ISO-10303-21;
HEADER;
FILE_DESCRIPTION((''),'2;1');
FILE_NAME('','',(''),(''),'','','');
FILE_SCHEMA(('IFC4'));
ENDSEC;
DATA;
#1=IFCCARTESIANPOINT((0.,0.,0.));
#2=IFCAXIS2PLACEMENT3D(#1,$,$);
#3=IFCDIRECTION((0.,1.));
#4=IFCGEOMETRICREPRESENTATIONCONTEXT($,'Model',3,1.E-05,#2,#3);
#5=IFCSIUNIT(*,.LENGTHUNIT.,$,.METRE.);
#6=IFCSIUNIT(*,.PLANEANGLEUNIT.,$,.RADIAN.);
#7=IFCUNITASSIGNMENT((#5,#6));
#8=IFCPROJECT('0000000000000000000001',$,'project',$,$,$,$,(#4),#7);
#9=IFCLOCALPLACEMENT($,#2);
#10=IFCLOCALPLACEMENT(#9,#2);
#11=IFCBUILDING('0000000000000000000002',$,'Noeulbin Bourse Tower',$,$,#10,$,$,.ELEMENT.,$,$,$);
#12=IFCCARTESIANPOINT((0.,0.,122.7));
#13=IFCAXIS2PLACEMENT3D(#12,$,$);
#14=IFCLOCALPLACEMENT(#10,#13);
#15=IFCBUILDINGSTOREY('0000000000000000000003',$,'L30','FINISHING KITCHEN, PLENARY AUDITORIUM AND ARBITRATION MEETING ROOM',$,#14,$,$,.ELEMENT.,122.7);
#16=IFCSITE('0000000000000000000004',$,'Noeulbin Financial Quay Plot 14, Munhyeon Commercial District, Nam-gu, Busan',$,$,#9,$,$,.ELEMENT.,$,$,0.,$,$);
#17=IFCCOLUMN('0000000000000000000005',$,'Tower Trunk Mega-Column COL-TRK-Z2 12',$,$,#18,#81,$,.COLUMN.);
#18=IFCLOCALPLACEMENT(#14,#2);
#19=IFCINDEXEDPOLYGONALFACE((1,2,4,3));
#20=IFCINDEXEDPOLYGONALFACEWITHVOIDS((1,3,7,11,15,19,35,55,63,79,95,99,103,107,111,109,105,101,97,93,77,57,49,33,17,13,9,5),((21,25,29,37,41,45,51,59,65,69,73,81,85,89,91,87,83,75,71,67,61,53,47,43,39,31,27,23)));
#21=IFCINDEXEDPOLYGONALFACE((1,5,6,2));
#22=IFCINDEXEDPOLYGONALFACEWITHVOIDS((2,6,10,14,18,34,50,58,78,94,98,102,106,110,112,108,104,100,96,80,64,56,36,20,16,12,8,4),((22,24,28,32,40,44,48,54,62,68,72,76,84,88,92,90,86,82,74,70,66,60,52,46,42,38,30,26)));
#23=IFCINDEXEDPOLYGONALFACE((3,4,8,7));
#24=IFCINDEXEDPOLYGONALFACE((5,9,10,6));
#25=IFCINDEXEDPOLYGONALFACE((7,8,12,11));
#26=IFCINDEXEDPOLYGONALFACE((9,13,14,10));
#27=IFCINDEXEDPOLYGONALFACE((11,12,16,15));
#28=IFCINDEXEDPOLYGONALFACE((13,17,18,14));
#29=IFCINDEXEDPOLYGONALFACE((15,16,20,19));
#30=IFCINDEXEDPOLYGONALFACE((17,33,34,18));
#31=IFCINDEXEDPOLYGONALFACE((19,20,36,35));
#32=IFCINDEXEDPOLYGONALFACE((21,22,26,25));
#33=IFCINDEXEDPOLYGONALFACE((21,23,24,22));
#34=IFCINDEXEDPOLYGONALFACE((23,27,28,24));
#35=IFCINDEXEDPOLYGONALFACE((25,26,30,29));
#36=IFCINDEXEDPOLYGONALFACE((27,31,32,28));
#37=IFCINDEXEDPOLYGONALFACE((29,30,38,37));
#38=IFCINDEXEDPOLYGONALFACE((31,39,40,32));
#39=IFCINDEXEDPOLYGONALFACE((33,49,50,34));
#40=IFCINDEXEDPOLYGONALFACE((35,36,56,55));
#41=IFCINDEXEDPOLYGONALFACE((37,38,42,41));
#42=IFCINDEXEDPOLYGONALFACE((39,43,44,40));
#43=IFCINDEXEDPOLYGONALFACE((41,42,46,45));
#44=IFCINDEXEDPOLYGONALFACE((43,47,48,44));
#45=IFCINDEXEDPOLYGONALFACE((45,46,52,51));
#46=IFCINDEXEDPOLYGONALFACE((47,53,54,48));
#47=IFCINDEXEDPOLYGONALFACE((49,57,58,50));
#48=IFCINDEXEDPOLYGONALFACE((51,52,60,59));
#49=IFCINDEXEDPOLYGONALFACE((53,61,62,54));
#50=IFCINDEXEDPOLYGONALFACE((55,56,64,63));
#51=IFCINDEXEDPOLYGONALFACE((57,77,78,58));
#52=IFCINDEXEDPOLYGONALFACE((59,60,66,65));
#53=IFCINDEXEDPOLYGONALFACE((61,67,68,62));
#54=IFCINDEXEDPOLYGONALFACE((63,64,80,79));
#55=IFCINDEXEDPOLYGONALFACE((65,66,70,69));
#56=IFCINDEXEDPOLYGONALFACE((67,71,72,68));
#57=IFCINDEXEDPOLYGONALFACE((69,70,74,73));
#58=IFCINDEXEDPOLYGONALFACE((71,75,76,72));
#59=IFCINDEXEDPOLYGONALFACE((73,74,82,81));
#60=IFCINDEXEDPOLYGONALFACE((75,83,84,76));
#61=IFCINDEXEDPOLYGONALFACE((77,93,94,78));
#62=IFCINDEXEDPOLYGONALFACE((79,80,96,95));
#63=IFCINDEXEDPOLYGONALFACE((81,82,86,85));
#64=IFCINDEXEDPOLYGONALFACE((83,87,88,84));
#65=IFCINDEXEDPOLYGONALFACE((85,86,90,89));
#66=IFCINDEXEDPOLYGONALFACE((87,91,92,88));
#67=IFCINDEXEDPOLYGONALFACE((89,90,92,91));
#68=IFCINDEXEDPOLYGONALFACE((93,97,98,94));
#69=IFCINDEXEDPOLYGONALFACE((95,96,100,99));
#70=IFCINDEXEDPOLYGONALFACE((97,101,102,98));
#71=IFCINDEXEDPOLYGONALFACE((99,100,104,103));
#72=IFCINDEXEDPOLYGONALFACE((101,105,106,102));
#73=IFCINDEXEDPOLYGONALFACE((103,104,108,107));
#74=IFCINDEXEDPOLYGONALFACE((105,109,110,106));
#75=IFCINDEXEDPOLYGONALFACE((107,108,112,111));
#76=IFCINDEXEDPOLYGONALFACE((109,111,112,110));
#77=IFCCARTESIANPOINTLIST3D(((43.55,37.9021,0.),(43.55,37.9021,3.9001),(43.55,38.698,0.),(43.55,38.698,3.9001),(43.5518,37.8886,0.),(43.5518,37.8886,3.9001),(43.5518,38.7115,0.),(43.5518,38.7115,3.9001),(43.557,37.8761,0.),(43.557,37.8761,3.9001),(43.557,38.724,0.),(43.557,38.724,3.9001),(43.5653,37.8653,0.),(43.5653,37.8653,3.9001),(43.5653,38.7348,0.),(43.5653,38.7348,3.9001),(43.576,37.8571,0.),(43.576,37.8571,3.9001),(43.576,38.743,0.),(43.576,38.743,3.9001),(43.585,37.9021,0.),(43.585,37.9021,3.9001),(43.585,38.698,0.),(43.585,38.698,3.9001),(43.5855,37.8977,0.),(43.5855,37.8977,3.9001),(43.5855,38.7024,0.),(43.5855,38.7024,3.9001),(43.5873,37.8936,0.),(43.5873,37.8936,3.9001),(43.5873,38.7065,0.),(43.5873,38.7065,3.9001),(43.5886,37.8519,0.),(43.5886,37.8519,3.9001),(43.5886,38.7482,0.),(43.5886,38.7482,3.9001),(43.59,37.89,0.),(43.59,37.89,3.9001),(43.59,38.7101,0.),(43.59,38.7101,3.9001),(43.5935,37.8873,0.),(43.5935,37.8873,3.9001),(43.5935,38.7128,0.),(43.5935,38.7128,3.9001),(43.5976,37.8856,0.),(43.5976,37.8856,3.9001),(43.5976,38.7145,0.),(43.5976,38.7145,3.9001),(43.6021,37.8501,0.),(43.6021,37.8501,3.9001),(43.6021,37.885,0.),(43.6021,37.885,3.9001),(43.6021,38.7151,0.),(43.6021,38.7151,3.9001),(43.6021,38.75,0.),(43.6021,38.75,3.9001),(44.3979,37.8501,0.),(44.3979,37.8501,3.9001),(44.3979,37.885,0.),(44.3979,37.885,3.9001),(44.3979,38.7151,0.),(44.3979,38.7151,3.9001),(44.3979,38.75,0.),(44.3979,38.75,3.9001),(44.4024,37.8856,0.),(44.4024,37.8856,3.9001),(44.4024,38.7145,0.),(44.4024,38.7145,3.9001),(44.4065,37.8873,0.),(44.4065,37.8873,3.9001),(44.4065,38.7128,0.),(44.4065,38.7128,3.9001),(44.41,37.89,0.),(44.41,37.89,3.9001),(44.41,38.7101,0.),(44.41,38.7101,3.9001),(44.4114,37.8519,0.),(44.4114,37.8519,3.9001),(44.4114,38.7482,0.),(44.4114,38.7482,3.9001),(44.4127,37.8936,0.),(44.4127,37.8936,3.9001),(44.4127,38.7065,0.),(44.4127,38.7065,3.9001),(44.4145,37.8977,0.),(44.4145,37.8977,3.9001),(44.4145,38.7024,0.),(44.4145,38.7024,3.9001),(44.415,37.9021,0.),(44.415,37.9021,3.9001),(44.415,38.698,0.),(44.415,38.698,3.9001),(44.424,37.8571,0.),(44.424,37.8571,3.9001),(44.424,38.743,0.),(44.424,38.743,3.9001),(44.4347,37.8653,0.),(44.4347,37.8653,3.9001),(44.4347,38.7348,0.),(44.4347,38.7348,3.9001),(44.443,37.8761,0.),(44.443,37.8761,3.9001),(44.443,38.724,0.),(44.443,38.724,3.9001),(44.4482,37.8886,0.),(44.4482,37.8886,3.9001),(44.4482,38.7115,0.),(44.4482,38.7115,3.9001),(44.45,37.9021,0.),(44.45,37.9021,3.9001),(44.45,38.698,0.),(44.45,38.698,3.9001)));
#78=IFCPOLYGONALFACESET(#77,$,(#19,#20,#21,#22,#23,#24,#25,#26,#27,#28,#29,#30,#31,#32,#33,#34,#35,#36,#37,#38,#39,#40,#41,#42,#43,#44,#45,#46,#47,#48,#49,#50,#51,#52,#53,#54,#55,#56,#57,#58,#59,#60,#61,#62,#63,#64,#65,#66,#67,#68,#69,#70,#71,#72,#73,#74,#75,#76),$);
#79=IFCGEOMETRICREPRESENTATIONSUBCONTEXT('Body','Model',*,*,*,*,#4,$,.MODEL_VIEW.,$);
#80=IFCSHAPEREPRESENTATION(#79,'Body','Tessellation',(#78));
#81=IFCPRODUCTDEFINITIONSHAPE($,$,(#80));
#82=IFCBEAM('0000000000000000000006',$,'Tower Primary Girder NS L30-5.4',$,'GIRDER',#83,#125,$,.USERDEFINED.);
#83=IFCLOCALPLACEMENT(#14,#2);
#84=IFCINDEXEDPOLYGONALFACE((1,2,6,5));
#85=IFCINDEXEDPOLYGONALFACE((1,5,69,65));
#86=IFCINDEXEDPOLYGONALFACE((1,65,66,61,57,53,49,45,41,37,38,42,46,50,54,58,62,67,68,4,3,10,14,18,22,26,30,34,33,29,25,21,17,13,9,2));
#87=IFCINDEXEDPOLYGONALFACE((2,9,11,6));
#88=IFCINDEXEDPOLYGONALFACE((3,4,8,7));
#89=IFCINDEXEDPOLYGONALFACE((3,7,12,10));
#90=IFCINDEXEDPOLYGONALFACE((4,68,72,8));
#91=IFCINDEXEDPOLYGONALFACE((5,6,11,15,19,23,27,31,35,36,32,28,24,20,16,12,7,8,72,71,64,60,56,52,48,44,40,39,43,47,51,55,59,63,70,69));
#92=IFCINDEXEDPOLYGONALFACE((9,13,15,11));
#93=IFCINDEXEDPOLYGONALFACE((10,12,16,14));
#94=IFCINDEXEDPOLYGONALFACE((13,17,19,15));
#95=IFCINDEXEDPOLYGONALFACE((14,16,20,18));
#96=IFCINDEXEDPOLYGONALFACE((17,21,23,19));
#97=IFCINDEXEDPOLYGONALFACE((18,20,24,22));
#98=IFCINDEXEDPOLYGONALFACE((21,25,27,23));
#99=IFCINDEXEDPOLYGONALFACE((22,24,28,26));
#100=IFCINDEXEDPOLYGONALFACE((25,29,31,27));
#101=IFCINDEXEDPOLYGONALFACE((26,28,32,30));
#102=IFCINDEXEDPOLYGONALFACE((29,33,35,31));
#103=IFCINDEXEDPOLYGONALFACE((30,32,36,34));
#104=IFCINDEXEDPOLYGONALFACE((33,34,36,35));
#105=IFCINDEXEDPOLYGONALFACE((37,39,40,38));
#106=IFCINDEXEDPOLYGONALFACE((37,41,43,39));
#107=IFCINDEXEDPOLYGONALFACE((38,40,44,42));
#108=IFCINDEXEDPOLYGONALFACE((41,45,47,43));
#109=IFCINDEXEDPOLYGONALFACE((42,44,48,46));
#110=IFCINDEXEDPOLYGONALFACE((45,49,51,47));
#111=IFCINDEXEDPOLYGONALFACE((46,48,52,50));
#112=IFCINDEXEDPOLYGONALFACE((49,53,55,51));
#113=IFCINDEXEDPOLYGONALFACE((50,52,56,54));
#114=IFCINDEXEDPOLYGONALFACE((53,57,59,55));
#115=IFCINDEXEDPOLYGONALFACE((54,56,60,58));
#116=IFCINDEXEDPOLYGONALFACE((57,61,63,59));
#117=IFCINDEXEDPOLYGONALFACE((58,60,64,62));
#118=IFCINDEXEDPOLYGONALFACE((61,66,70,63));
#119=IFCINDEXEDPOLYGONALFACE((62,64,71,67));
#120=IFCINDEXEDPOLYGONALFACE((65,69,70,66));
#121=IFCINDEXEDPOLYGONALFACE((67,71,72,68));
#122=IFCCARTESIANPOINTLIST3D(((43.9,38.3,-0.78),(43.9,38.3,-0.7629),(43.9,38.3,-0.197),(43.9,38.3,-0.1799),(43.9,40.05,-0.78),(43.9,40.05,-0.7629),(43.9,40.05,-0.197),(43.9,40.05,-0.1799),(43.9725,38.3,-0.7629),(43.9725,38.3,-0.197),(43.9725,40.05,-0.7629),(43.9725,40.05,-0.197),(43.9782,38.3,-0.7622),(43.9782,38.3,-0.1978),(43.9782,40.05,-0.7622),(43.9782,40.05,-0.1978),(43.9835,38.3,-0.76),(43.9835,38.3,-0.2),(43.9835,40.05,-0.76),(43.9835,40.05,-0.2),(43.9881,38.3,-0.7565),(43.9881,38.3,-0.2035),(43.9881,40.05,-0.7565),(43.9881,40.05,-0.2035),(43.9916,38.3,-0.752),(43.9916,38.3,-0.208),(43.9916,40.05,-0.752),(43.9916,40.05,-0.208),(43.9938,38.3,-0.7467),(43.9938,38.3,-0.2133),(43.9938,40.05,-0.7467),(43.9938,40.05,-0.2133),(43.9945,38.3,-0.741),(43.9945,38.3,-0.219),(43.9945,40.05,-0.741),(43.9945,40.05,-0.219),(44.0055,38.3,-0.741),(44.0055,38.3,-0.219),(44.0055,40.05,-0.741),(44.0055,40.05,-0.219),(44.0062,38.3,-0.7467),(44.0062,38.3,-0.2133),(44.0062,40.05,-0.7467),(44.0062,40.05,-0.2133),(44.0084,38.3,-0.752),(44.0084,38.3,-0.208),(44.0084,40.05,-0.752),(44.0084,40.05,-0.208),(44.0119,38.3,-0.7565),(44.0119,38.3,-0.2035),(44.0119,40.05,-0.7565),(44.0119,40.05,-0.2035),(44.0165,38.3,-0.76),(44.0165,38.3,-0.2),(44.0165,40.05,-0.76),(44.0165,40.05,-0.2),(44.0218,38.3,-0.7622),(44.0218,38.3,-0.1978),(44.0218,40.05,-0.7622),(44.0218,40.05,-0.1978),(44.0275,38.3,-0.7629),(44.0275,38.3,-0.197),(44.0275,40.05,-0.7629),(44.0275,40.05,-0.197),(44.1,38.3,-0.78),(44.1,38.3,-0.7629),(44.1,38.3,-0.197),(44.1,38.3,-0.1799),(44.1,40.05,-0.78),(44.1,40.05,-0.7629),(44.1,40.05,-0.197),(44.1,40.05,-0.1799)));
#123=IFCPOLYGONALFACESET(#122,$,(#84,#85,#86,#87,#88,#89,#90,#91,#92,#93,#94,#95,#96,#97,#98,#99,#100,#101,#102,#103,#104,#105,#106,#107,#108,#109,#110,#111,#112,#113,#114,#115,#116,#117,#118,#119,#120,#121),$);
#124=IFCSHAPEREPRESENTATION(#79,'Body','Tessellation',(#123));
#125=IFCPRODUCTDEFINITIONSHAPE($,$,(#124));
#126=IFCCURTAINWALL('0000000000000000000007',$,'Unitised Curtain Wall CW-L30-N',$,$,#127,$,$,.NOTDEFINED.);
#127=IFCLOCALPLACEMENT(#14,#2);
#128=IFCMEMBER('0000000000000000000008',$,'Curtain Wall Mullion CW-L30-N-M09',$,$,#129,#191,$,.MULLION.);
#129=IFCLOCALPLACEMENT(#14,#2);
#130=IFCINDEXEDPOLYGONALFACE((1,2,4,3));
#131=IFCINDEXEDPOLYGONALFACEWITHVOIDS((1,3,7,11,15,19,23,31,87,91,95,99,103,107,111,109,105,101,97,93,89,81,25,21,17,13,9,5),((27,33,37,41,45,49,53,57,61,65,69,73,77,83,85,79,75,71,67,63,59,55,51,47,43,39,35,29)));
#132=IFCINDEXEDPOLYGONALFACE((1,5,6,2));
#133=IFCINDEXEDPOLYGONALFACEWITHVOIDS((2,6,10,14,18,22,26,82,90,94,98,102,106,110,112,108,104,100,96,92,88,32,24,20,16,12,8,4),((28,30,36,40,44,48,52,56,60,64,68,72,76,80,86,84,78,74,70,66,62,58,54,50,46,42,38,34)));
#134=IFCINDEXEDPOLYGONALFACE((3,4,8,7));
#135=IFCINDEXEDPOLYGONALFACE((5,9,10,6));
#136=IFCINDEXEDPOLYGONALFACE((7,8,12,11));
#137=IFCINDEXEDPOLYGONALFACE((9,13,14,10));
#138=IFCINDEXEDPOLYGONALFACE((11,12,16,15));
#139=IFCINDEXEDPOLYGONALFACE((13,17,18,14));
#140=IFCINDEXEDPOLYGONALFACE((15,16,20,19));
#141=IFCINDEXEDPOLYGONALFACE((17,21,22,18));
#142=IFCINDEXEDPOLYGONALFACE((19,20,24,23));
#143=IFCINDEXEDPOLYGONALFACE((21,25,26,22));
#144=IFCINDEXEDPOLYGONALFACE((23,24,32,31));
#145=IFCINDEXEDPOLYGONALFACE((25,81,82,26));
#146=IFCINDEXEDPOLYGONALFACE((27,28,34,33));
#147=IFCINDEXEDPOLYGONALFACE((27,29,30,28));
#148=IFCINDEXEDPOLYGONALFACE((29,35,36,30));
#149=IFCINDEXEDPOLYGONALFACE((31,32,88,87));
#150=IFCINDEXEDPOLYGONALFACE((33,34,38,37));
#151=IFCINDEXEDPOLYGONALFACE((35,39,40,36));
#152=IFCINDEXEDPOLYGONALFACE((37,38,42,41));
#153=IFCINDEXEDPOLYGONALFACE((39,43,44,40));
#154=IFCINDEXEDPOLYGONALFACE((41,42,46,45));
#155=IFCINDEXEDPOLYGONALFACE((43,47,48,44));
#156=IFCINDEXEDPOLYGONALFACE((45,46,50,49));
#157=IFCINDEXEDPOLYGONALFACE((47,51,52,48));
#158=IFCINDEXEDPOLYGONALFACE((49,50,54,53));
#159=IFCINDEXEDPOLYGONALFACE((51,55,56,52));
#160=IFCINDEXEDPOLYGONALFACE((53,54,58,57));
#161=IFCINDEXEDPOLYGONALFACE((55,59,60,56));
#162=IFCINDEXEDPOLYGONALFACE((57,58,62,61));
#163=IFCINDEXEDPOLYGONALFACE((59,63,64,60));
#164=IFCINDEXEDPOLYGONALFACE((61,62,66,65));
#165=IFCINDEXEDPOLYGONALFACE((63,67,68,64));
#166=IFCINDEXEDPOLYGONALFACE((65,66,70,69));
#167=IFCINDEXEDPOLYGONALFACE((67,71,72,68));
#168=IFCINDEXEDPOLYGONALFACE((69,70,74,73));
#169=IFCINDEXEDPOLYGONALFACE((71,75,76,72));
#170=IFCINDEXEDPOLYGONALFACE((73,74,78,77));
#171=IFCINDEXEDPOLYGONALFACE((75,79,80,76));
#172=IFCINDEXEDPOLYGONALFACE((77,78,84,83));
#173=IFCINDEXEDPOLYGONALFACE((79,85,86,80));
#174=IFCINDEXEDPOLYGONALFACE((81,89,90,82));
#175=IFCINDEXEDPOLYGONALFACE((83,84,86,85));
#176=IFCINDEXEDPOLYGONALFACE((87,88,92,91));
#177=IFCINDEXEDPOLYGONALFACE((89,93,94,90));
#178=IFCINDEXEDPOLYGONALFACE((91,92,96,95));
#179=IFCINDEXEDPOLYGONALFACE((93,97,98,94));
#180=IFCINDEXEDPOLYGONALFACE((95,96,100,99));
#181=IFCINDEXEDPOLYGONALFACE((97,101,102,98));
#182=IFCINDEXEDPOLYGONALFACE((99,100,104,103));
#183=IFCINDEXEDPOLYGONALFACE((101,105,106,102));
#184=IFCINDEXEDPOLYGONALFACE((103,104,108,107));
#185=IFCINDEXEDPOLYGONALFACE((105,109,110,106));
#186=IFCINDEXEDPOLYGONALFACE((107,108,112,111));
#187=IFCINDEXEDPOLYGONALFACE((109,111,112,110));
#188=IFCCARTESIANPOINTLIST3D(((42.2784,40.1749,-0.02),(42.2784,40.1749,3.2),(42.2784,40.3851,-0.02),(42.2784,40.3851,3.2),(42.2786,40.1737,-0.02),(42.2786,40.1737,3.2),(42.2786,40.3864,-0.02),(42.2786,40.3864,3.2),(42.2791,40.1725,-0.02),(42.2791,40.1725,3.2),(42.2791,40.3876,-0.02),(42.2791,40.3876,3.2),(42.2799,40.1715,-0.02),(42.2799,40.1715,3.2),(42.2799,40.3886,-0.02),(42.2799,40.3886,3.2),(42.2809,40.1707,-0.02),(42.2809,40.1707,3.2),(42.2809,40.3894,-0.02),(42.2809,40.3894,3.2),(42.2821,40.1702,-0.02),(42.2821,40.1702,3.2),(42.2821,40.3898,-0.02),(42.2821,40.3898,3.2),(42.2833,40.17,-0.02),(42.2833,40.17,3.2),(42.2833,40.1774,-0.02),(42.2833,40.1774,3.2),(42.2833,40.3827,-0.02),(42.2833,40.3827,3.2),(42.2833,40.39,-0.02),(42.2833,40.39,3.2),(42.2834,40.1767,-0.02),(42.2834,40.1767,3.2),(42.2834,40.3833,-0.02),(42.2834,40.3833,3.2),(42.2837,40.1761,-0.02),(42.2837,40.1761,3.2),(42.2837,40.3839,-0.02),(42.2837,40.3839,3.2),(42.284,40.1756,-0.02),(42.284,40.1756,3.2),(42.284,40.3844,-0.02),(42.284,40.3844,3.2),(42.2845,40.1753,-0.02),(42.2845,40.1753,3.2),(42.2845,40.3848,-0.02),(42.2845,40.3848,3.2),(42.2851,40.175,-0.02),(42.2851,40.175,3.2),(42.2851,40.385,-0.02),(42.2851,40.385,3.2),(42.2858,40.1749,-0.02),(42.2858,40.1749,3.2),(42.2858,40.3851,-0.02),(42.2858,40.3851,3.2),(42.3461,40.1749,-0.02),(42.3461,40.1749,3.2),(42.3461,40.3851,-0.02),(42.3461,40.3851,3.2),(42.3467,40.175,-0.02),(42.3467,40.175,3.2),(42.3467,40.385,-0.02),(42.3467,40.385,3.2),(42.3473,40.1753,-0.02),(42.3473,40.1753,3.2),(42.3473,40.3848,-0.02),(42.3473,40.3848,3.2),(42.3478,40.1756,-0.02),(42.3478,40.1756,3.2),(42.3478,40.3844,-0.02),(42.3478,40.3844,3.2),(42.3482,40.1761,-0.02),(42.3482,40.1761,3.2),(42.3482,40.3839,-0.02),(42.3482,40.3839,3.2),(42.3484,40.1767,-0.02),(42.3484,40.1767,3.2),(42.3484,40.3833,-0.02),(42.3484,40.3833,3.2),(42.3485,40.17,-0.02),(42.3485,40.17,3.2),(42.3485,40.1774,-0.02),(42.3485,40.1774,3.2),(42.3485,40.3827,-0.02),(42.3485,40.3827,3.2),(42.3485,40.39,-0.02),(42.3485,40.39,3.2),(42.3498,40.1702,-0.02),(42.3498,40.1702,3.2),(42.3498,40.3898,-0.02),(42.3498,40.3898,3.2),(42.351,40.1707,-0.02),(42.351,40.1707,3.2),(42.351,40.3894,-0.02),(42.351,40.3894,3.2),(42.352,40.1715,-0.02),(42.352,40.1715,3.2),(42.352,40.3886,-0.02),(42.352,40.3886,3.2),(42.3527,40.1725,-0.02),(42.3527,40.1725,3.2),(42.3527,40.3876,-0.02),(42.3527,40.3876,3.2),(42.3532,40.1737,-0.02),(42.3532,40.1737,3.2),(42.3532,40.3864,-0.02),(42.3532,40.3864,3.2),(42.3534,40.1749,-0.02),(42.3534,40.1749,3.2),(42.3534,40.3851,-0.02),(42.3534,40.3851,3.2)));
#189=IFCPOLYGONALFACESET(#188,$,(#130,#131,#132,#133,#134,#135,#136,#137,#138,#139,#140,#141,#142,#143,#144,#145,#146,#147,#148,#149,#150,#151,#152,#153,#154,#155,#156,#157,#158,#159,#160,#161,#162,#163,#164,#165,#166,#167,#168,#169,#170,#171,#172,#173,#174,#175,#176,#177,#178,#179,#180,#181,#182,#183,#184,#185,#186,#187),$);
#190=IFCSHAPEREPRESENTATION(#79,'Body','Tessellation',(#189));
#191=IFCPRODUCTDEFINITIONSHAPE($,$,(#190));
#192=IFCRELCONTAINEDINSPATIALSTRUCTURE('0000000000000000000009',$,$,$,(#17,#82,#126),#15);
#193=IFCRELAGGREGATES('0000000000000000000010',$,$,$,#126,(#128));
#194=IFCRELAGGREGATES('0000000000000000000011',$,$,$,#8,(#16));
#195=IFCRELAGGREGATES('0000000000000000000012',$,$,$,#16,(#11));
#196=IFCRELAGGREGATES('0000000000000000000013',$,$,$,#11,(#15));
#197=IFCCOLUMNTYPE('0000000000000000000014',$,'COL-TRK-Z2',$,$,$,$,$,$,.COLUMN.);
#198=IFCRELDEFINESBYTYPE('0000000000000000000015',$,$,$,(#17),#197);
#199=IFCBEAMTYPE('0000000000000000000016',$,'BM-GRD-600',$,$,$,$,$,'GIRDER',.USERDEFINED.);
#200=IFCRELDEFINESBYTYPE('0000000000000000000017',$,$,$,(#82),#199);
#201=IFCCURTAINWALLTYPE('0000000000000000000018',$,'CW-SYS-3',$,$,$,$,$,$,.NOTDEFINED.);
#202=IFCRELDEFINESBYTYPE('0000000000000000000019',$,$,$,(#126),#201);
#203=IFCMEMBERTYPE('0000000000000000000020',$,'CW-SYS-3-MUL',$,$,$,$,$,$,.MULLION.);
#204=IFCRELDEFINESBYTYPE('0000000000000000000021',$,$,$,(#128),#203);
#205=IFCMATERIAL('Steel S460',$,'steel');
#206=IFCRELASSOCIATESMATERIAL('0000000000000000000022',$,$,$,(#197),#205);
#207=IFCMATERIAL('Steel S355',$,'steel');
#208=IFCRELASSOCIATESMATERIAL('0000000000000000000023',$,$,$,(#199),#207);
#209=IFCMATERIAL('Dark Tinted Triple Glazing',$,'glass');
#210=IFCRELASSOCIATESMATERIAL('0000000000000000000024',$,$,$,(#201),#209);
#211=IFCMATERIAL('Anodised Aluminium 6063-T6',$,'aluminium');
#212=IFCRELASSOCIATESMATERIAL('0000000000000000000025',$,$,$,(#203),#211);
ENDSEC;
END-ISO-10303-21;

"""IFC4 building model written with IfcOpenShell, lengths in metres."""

from ifc_helpers import new_model, si_unit, direction, frame, origin, origin_2d, place, context, subcontext, project, spatial, hollow_rectangle, i_section, extrude, material, material_profile, profile_set, type_object, element, aggregate, save


model = new_model("IFC4")

# Units and contexts
model_context = context("Model", 3, precision=1e-05, world=origin(), true_north=direction((0.0, 1.0)))
body_context = subcontext(model_context, "Body", "Model", "MODEL_VIEW")
ifc_project = project(units=[si_unit("LENGTHUNIT", "METRE"), si_unit("PLANEANGLEUNIT", "RADIAN")], contexts=[model_context])

# Site, building, storey
site_placement = place(None, origin())
site = spatial("IfcSite", under=ifc_project, at=site_placement, Name="Noeulbin Financial Quay Plot 14, Munhyeon Commercial District, Nam-gu, Busan", CompositionType="ELEMENT", RefElevation=0.0)
building_placement = place(site_placement, origin())
building = spatial("IfcBuilding", under=site, at=building_placement, Name="Noeulbin Bourse Tower", CompositionType="ELEMENT")
storey_placement = place(building_placement, frame((0.0, 0.0, 122.7)))
storey = spatial("IfcBuildingStorey", under=building, at=storey_placement, Name="L30", Description="FINISHING KITCHEN, PLENARY AUDITORIUM AND ARBITRATION MEETING ROOM", CompositionType="ELEMENT", Elevation=122.7)

# Column
ifc_material_1 = material(Name="Steel S460", Category="steel")
ifc_material_profile_1 = material_profile(ifc_material_1, hollow_rectangle(XDim=0.8999, YDim=0.8999, WallThickness=0.0349, InnerFilletRadius=0.0171, OuterFilletRadius=0.052, at=origin_2d()), Name="BOX-900x900x35", Category="LoadBearing")
ifc_profile_set_1 = profile_set([ifc_material_profile_1], Name="Steel S460")
column_type = type_object("IfcColumnType", Name="COL-TRK-Z2", PredefinedType="COLUMN", material=ifc_profile_set_1)
column_placement = place(storey_placement, frame((44.0, 38.3, 0.0), z_axis=(0.0, 0.0, 1.0), x_axis=(1.0, 0.0, 0.0)))
element("IfcColumn", 1, at=column_placement, inside=storey, type_object=column_type, Name="Tower Trunk Mega-Column COL-TRK-Z2 12", PredefinedType="COLUMN", context=body_context, shape_type="SweptSolid", body=[
    extrude(hollow_rectangle(XDim=0.8999, YDim=0.8999, WallThickness=0.0349, InnerFilletRadius=0.0171, OuterFilletRadius=0.052, at=origin_2d()), origin(), (0.0, 0.0, 1.0), 3.9001),
])

# Beam
ifc_material_2 = material(Name="Steel S355", Category="steel")
ifc_material_profile_2 = material_profile(ifc_material_2, i_section(OverallWidth=0.2, OverallDepth=0.6001, WebThickness=0.011, FlangeThickness=0.0171, FilletRadius=0.022, at=origin_2d()), Name="H-600x200x11x17", Category="LoadBearing")
ifc_profile_set_2 = profile_set([ifc_material_profile_2], Name="Steel S355")
beam_type = type_object("IfcBeamType", Name="BM-GRD-600", ElementType="GIRDER", PredefinedType="USERDEFINED", material=ifc_profile_set_2)
beam_placement = place(storey_placement, frame((44.0, 38.3, -0.48), z_axis=(0.0, 1.0, 0.0), x_axis=(-1.0, 0.0, 0.0)))
element("IfcBeam", 2, at=beam_placement, inside=storey, type_object=beam_type, Name="Tower Primary Girder NS L30-5.4", ObjectType="GIRDER", PredefinedType="USERDEFINED", context=body_context, shape_type="SweptSolid", body=[
    extrude(i_section(OverallWidth=0.2, OverallDepth=0.6001, WebThickness=0.011, FlangeThickness=0.0171, FilletRadius=0.022, at=origin_2d()), origin(), (0.0, 0.0, 1.0), 1.75),
])

# Curtain wall, member
ifc_material_3 = material(Name="Dark Tinted Triple Glazing", Category="glass")
curtain_wall_type = type_object("IfcCurtainWallType", Name="CW-SYS-3", PredefinedType="NOTDEFINED", material=ifc_material_3)
curtain_wall_1_placement = place(storey_placement, origin())
curtain_wall_1 = element("IfcCurtainWall", 3, at=curtain_wall_1_placement, inside=storey, type_object=curtain_wall_type, Name="Unitised Curtain Wall CW-L30-N", PredefinedType="NOTDEFINED")
ifc_material_4 = material(Name="Anodised Aluminium 6063-T6", Category="aluminium")
ifc_material_profile_3 = material_profile(ifc_material_4, hollow_rectangle(XDim=0.075, YDim=0.22, WallThickness=0.0049, InnerFilletRadius=0.0024, OuterFilletRadius=0.0049, at=origin_2d()), Name="ALU-MULL-75x220x5", Category="LoadBearing")
ifc_profile_set_3 = profile_set([ifc_material_profile_3], Name="Anodised Aluminium 6063-T6")
member_type_1 = type_object("IfcMemberType", Name="CW-SYS-3-MUL", PredefinedType="MULLION", material=ifc_profile_set_3)
member_1_placement = place(storey_placement, frame((42.3159, 40.28, -0.02), z_axis=(0.0, 0.0, 1.0), x_axis=(1.0, 0.0, 0.0)))
member_1 = element("IfcMember", 4, at=member_1_placement, type_object=member_type_1, Name="Curtain Wall Mullion CW-L30-N-M09", PredefinedType="MULLION", context=body_context, shape_type="SweptSolid", body=[
    extrude(hollow_rectangle(XDim=0.075, YDim=0.22, WallThickness=0.0049, InnerFilletRadius=0.0024, OuterFilletRadius=0.0049, at=origin_2d()), origin(), (0.0, 0.0, 1.0), 3.22),
])

aggregate(curtain_wall_1, [member_1])

save(model, "model.ifc")
